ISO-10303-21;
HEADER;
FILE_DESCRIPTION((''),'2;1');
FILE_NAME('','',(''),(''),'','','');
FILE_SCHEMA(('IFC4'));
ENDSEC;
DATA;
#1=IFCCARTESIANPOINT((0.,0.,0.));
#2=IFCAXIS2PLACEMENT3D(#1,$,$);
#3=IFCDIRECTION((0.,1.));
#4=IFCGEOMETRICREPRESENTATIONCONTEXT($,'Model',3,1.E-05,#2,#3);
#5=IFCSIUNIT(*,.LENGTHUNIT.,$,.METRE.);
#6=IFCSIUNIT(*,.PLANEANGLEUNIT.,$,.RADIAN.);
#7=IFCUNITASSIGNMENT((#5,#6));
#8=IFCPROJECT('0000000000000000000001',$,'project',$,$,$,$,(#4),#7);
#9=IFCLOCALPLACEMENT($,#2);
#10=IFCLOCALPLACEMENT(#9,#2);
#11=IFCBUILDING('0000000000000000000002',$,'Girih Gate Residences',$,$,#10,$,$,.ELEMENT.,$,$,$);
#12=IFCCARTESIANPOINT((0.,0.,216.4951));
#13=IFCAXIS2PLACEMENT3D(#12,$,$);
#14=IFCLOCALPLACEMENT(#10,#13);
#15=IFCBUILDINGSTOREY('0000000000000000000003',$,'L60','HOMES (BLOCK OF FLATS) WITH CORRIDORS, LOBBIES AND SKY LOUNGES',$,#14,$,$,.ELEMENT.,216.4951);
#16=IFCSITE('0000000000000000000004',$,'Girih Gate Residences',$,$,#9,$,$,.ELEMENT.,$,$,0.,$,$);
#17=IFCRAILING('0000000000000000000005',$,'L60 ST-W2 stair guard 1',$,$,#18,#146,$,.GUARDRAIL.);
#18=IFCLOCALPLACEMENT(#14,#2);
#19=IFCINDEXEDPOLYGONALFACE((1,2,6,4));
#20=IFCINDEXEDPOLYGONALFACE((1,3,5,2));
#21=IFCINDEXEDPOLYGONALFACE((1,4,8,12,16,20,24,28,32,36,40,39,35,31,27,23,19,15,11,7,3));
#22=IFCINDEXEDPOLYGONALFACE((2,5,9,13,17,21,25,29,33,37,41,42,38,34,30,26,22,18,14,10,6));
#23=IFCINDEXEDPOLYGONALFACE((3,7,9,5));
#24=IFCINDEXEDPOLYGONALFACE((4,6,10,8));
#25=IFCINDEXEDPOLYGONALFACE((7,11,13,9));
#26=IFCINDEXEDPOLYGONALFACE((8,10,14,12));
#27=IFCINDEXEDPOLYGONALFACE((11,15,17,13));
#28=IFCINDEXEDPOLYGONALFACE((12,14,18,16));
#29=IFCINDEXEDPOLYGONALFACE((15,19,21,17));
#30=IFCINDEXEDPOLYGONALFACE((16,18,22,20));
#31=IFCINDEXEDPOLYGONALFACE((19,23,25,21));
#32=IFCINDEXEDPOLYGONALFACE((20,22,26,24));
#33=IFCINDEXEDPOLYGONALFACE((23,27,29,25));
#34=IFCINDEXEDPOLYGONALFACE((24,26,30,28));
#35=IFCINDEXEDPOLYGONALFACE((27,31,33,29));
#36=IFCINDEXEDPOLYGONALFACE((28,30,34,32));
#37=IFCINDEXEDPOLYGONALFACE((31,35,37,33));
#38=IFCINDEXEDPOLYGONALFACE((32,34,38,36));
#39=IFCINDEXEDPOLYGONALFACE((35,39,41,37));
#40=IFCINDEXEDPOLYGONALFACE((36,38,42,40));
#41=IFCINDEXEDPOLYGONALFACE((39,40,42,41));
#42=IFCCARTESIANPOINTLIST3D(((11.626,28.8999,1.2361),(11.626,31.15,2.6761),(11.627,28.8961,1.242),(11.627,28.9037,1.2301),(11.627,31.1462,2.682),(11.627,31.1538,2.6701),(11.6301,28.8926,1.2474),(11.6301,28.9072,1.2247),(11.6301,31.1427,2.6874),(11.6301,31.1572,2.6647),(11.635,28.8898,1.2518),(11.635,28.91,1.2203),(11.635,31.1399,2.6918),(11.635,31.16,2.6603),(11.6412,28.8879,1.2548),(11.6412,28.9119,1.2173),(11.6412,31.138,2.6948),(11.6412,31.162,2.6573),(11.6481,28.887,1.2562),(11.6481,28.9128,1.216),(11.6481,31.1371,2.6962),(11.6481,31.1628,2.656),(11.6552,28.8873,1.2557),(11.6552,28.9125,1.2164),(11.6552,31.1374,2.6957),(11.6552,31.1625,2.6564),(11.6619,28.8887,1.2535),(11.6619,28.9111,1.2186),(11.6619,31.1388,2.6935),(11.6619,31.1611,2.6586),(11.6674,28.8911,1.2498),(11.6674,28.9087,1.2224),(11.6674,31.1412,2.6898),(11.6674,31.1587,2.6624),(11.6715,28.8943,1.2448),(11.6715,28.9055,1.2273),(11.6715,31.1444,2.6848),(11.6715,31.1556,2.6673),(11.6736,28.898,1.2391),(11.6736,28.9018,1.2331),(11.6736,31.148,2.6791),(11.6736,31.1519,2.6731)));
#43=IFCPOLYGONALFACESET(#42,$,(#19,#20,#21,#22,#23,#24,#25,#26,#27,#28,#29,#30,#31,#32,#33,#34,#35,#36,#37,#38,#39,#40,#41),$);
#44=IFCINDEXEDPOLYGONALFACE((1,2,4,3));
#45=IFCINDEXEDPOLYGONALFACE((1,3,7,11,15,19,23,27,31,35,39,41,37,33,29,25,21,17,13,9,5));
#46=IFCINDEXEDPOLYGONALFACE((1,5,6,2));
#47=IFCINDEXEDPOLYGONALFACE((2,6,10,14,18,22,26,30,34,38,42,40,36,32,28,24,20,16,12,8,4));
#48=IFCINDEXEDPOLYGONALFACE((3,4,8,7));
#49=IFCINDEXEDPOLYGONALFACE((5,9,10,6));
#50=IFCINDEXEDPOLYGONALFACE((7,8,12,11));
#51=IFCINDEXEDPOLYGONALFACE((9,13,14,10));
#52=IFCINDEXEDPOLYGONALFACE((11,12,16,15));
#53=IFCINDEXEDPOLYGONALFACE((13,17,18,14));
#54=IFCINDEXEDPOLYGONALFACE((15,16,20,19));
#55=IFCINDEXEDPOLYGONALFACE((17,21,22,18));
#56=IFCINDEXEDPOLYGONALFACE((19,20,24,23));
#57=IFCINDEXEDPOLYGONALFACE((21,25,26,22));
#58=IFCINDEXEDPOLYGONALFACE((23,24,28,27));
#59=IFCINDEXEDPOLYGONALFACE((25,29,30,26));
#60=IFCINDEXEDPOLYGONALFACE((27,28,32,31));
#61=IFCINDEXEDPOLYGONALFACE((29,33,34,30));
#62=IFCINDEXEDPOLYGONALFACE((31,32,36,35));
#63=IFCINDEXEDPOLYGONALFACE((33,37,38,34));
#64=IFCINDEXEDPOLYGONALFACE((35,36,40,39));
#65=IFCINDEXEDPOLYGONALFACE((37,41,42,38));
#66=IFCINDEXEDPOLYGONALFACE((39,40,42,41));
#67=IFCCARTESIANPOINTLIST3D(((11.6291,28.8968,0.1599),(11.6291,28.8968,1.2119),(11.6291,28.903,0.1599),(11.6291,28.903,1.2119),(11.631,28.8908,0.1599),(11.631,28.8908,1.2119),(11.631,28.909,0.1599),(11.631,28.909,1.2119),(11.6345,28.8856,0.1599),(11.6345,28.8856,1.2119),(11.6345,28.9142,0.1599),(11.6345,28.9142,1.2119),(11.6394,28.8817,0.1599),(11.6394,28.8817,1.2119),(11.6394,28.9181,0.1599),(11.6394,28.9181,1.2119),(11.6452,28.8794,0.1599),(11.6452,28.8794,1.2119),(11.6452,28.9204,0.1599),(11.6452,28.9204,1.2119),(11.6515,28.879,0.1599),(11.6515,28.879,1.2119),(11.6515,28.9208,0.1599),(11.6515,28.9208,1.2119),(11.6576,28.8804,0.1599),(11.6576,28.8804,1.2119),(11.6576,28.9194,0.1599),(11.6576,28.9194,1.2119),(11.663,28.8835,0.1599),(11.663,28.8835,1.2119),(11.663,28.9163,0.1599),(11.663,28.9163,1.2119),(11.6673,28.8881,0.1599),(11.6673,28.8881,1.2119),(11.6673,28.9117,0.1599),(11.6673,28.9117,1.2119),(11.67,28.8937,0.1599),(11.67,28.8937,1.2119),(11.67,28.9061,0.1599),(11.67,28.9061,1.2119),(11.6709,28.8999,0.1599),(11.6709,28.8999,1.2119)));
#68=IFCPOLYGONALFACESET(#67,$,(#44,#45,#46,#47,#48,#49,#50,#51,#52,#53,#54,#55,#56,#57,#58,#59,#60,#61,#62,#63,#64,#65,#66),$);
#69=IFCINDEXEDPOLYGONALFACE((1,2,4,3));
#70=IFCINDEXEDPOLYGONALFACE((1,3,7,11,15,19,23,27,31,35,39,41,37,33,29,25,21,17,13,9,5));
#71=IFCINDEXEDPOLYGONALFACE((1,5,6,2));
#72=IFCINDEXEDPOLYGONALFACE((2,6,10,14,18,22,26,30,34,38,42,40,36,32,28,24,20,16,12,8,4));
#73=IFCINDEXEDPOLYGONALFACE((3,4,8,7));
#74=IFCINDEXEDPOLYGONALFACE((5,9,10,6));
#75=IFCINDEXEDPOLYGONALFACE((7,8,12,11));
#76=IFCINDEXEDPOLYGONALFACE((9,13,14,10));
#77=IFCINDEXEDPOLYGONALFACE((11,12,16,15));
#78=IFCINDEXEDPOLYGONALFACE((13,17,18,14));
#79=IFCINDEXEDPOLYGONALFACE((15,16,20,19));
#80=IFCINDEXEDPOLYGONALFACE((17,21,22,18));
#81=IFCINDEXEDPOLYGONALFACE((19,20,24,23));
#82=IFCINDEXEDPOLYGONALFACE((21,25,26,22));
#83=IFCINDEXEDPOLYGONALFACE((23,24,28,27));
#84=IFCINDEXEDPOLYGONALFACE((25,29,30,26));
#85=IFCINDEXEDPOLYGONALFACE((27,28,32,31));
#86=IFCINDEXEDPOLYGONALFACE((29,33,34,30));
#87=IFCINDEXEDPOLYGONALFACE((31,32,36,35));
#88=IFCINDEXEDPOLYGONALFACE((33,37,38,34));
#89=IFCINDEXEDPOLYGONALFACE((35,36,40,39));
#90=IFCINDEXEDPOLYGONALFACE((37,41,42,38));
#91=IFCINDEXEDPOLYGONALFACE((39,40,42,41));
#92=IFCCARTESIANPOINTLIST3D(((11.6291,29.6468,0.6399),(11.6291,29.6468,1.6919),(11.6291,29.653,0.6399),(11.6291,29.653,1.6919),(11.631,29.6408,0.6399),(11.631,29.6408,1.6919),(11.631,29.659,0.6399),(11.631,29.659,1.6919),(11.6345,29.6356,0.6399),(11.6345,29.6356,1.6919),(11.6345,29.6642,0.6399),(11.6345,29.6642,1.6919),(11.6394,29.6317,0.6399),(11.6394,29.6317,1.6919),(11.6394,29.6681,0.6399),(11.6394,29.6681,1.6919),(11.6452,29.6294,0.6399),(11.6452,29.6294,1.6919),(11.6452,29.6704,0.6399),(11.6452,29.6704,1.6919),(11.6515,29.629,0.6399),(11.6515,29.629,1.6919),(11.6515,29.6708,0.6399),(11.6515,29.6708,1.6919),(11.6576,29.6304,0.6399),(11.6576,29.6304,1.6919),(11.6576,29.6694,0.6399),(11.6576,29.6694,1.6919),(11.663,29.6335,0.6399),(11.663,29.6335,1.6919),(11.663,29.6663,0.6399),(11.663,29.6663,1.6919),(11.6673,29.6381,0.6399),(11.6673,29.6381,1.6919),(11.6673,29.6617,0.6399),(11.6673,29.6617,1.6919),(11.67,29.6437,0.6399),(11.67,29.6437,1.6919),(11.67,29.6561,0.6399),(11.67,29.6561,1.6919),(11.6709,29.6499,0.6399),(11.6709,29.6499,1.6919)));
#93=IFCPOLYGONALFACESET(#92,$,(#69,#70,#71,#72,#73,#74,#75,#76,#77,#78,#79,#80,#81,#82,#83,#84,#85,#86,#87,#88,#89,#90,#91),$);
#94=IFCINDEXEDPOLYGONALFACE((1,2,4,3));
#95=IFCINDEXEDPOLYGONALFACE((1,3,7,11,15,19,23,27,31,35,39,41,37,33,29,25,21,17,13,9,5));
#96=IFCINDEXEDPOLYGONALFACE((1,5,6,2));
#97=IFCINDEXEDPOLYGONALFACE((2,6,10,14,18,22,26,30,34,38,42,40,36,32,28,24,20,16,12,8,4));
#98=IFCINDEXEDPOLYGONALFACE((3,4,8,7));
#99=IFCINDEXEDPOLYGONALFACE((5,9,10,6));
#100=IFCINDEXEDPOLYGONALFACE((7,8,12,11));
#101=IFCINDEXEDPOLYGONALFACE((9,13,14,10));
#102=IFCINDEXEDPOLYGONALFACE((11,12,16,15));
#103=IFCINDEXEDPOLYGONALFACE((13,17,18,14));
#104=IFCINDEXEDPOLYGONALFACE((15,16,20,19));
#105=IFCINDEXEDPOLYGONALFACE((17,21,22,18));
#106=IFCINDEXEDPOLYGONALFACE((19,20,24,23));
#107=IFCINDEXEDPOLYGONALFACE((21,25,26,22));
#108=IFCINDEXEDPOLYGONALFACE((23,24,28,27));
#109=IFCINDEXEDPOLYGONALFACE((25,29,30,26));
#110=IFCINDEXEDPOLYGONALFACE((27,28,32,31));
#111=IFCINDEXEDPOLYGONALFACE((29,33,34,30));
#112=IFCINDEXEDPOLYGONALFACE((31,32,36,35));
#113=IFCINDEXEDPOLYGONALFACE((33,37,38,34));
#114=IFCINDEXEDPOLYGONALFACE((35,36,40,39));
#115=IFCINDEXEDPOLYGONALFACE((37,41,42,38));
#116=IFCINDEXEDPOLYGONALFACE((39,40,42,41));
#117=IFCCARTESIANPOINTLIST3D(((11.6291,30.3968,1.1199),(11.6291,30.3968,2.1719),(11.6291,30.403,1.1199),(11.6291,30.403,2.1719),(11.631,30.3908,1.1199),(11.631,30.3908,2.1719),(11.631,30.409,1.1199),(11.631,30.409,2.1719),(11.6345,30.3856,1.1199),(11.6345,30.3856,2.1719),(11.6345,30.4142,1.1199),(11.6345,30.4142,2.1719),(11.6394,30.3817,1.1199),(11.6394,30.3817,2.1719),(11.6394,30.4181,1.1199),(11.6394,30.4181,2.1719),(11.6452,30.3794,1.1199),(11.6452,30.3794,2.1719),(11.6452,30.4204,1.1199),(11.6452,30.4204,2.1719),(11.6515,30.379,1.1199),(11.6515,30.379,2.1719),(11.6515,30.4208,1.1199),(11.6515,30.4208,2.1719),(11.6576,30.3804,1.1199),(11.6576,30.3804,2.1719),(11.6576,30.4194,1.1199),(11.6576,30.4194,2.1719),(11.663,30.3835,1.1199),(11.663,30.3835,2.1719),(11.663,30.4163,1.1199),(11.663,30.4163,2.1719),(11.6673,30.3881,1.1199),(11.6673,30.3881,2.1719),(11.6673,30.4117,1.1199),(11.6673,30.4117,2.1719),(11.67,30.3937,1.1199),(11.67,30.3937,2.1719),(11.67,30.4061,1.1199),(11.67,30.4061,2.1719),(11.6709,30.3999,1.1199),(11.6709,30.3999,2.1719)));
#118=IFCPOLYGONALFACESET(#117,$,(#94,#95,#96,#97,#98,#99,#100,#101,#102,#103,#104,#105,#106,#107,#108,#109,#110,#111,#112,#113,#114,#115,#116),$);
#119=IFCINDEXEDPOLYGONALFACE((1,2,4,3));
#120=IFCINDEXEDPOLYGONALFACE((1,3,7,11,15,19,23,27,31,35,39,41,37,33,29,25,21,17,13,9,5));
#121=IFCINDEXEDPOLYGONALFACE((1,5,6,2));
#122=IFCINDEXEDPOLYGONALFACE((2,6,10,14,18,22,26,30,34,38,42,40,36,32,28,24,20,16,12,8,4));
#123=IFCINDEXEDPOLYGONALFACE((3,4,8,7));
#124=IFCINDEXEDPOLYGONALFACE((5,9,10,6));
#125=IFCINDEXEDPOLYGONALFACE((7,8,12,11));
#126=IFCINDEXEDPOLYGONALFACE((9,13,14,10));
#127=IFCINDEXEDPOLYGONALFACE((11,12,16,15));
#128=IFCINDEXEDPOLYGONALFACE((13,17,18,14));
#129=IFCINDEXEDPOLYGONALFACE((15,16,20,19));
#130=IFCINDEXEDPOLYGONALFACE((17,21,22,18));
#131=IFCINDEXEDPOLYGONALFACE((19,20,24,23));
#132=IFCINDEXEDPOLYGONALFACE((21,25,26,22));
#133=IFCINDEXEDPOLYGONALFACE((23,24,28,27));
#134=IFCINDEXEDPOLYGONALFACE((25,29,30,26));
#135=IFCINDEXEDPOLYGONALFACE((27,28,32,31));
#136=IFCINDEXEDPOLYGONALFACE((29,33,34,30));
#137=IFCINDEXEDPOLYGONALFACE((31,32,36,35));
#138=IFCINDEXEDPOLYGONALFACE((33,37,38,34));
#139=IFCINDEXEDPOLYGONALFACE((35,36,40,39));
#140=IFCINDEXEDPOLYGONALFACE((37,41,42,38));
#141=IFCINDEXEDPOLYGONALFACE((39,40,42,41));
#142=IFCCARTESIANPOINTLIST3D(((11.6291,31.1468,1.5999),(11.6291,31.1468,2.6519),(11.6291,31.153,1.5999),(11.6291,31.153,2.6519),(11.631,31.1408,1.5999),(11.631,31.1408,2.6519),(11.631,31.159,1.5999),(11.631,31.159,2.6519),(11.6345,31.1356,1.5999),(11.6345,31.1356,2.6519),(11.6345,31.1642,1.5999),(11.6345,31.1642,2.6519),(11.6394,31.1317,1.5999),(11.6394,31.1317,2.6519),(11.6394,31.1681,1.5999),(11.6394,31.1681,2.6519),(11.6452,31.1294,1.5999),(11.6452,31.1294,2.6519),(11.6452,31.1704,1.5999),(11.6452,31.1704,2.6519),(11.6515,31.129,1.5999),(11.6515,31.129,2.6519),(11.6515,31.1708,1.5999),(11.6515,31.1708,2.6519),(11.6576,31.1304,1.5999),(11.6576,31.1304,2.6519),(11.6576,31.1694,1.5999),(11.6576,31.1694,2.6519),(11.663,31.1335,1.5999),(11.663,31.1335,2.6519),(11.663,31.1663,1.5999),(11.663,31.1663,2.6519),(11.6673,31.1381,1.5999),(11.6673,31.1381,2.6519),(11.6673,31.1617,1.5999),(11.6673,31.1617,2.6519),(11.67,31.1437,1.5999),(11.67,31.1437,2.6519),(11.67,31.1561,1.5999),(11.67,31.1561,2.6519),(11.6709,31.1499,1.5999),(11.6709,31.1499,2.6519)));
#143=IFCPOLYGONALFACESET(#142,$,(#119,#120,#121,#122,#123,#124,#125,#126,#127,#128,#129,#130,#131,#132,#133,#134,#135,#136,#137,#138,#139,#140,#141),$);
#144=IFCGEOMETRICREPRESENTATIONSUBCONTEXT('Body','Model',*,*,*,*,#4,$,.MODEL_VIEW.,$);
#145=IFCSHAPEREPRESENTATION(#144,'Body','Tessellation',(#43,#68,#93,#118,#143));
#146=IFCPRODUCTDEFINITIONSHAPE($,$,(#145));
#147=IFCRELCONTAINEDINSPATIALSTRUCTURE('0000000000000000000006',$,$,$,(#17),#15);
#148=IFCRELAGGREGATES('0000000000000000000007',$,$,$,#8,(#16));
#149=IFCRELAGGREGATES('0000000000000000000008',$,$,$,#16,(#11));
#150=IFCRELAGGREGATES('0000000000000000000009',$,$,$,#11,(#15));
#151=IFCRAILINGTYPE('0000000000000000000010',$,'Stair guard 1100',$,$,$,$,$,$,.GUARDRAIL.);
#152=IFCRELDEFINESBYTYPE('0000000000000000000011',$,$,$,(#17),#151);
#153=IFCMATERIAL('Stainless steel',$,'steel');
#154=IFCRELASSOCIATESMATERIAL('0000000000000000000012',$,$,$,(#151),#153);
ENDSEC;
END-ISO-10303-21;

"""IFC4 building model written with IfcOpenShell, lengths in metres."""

from ifc_helpers import new_model, si_unit, direction, frame, origin, origin_2d, place, context, subcontext, project, spatial, circle, extrude, material, type_object, element, save


model = new_model("IFC4")

# Units and contexts
model_context = context("Model", 3, precision=1e-05, world=origin(), true_north=direction((0.0, 1.0)))
body_context = subcontext(model_context, "Body", "Model", "MODEL_VIEW")
ifc_project = project(units=[si_unit("LENGTHUNIT", "METRE"), si_unit("PLANEANGLEUNIT", "RADIAN")], contexts=[model_context])

# Site, building, storey
site_placement = place(None, origin())
site = spatial("IfcSite", under=ifc_project, at=site_placement, Name="Girih Gate Residences", CompositionType="ELEMENT", RefElevation=0.0)
building_placement = place(site_placement, origin())
building = spatial("IfcBuilding", under=site, at=building_placement, Name="Girih Gate Residences", CompositionType="ELEMENT")
storey_placement = place(building_placement, frame((0.0, 0.0, 216.4951)))
storey = spatial("IfcBuildingStorey", under=building, at=storey_placement, Name="L60", Description="HOMES (BLOCK OF FLATS) WITH CORRIDORS, LOBBIES AND SKY LOUNGES", CompositionType="ELEMENT", Elevation=216.4951)

# Railing
ifc_material_1 = material(Name="Stainless steel", Category="steel")
railing_type_1 = type_object("IfcRailingType", Name="Stair guard 1100", PredefinedType="GUARDRAIL", material=ifc_material_1)
railing_1_placement = place(storey_placement, frame((11.6499, 28.8999, 0.1599)))
element("IfcRailing", 1, at=railing_1_placement, inside=storey, type_object=railing_type_1, Name="L60 ST-W2 stair guard 1", PredefinedType="GUARDRAIL", context=body_context, shape_type="SweptSolid", body=[
    extrude(circle(Radius=0.0239, at=origin_2d()), frame((0.0, 0.0, 1.0762), z_axis=(0.0, 0.842281, 0.539038), x_axis=(-1.0, 0.0, 0.0)), (0.0, 0.0, 1.0), 2.6714),
    extrude(circle(Radius=0.021, at=origin_2d()), origin(), (0.0, 0.0, 1.0), 1.052),
    extrude(circle(Radius=0.021, at=origin_2d()), frame((0.0, 0.75, 0.48)), (0.0, 0.0, 1.0), 1.052),
    extrude(circle(Radius=0.021, at=origin_2d()), frame((0.0, 1.5, 0.96)), (0.0, 0.0, 1.0), 1.052),
    extrude(circle(Radius=0.021, at=origin_2d()), frame((0.0, 2.25, 1.4399)), (0.0, 0.0, 1.0), 1.052),
])

save(model, "model.ifc")
